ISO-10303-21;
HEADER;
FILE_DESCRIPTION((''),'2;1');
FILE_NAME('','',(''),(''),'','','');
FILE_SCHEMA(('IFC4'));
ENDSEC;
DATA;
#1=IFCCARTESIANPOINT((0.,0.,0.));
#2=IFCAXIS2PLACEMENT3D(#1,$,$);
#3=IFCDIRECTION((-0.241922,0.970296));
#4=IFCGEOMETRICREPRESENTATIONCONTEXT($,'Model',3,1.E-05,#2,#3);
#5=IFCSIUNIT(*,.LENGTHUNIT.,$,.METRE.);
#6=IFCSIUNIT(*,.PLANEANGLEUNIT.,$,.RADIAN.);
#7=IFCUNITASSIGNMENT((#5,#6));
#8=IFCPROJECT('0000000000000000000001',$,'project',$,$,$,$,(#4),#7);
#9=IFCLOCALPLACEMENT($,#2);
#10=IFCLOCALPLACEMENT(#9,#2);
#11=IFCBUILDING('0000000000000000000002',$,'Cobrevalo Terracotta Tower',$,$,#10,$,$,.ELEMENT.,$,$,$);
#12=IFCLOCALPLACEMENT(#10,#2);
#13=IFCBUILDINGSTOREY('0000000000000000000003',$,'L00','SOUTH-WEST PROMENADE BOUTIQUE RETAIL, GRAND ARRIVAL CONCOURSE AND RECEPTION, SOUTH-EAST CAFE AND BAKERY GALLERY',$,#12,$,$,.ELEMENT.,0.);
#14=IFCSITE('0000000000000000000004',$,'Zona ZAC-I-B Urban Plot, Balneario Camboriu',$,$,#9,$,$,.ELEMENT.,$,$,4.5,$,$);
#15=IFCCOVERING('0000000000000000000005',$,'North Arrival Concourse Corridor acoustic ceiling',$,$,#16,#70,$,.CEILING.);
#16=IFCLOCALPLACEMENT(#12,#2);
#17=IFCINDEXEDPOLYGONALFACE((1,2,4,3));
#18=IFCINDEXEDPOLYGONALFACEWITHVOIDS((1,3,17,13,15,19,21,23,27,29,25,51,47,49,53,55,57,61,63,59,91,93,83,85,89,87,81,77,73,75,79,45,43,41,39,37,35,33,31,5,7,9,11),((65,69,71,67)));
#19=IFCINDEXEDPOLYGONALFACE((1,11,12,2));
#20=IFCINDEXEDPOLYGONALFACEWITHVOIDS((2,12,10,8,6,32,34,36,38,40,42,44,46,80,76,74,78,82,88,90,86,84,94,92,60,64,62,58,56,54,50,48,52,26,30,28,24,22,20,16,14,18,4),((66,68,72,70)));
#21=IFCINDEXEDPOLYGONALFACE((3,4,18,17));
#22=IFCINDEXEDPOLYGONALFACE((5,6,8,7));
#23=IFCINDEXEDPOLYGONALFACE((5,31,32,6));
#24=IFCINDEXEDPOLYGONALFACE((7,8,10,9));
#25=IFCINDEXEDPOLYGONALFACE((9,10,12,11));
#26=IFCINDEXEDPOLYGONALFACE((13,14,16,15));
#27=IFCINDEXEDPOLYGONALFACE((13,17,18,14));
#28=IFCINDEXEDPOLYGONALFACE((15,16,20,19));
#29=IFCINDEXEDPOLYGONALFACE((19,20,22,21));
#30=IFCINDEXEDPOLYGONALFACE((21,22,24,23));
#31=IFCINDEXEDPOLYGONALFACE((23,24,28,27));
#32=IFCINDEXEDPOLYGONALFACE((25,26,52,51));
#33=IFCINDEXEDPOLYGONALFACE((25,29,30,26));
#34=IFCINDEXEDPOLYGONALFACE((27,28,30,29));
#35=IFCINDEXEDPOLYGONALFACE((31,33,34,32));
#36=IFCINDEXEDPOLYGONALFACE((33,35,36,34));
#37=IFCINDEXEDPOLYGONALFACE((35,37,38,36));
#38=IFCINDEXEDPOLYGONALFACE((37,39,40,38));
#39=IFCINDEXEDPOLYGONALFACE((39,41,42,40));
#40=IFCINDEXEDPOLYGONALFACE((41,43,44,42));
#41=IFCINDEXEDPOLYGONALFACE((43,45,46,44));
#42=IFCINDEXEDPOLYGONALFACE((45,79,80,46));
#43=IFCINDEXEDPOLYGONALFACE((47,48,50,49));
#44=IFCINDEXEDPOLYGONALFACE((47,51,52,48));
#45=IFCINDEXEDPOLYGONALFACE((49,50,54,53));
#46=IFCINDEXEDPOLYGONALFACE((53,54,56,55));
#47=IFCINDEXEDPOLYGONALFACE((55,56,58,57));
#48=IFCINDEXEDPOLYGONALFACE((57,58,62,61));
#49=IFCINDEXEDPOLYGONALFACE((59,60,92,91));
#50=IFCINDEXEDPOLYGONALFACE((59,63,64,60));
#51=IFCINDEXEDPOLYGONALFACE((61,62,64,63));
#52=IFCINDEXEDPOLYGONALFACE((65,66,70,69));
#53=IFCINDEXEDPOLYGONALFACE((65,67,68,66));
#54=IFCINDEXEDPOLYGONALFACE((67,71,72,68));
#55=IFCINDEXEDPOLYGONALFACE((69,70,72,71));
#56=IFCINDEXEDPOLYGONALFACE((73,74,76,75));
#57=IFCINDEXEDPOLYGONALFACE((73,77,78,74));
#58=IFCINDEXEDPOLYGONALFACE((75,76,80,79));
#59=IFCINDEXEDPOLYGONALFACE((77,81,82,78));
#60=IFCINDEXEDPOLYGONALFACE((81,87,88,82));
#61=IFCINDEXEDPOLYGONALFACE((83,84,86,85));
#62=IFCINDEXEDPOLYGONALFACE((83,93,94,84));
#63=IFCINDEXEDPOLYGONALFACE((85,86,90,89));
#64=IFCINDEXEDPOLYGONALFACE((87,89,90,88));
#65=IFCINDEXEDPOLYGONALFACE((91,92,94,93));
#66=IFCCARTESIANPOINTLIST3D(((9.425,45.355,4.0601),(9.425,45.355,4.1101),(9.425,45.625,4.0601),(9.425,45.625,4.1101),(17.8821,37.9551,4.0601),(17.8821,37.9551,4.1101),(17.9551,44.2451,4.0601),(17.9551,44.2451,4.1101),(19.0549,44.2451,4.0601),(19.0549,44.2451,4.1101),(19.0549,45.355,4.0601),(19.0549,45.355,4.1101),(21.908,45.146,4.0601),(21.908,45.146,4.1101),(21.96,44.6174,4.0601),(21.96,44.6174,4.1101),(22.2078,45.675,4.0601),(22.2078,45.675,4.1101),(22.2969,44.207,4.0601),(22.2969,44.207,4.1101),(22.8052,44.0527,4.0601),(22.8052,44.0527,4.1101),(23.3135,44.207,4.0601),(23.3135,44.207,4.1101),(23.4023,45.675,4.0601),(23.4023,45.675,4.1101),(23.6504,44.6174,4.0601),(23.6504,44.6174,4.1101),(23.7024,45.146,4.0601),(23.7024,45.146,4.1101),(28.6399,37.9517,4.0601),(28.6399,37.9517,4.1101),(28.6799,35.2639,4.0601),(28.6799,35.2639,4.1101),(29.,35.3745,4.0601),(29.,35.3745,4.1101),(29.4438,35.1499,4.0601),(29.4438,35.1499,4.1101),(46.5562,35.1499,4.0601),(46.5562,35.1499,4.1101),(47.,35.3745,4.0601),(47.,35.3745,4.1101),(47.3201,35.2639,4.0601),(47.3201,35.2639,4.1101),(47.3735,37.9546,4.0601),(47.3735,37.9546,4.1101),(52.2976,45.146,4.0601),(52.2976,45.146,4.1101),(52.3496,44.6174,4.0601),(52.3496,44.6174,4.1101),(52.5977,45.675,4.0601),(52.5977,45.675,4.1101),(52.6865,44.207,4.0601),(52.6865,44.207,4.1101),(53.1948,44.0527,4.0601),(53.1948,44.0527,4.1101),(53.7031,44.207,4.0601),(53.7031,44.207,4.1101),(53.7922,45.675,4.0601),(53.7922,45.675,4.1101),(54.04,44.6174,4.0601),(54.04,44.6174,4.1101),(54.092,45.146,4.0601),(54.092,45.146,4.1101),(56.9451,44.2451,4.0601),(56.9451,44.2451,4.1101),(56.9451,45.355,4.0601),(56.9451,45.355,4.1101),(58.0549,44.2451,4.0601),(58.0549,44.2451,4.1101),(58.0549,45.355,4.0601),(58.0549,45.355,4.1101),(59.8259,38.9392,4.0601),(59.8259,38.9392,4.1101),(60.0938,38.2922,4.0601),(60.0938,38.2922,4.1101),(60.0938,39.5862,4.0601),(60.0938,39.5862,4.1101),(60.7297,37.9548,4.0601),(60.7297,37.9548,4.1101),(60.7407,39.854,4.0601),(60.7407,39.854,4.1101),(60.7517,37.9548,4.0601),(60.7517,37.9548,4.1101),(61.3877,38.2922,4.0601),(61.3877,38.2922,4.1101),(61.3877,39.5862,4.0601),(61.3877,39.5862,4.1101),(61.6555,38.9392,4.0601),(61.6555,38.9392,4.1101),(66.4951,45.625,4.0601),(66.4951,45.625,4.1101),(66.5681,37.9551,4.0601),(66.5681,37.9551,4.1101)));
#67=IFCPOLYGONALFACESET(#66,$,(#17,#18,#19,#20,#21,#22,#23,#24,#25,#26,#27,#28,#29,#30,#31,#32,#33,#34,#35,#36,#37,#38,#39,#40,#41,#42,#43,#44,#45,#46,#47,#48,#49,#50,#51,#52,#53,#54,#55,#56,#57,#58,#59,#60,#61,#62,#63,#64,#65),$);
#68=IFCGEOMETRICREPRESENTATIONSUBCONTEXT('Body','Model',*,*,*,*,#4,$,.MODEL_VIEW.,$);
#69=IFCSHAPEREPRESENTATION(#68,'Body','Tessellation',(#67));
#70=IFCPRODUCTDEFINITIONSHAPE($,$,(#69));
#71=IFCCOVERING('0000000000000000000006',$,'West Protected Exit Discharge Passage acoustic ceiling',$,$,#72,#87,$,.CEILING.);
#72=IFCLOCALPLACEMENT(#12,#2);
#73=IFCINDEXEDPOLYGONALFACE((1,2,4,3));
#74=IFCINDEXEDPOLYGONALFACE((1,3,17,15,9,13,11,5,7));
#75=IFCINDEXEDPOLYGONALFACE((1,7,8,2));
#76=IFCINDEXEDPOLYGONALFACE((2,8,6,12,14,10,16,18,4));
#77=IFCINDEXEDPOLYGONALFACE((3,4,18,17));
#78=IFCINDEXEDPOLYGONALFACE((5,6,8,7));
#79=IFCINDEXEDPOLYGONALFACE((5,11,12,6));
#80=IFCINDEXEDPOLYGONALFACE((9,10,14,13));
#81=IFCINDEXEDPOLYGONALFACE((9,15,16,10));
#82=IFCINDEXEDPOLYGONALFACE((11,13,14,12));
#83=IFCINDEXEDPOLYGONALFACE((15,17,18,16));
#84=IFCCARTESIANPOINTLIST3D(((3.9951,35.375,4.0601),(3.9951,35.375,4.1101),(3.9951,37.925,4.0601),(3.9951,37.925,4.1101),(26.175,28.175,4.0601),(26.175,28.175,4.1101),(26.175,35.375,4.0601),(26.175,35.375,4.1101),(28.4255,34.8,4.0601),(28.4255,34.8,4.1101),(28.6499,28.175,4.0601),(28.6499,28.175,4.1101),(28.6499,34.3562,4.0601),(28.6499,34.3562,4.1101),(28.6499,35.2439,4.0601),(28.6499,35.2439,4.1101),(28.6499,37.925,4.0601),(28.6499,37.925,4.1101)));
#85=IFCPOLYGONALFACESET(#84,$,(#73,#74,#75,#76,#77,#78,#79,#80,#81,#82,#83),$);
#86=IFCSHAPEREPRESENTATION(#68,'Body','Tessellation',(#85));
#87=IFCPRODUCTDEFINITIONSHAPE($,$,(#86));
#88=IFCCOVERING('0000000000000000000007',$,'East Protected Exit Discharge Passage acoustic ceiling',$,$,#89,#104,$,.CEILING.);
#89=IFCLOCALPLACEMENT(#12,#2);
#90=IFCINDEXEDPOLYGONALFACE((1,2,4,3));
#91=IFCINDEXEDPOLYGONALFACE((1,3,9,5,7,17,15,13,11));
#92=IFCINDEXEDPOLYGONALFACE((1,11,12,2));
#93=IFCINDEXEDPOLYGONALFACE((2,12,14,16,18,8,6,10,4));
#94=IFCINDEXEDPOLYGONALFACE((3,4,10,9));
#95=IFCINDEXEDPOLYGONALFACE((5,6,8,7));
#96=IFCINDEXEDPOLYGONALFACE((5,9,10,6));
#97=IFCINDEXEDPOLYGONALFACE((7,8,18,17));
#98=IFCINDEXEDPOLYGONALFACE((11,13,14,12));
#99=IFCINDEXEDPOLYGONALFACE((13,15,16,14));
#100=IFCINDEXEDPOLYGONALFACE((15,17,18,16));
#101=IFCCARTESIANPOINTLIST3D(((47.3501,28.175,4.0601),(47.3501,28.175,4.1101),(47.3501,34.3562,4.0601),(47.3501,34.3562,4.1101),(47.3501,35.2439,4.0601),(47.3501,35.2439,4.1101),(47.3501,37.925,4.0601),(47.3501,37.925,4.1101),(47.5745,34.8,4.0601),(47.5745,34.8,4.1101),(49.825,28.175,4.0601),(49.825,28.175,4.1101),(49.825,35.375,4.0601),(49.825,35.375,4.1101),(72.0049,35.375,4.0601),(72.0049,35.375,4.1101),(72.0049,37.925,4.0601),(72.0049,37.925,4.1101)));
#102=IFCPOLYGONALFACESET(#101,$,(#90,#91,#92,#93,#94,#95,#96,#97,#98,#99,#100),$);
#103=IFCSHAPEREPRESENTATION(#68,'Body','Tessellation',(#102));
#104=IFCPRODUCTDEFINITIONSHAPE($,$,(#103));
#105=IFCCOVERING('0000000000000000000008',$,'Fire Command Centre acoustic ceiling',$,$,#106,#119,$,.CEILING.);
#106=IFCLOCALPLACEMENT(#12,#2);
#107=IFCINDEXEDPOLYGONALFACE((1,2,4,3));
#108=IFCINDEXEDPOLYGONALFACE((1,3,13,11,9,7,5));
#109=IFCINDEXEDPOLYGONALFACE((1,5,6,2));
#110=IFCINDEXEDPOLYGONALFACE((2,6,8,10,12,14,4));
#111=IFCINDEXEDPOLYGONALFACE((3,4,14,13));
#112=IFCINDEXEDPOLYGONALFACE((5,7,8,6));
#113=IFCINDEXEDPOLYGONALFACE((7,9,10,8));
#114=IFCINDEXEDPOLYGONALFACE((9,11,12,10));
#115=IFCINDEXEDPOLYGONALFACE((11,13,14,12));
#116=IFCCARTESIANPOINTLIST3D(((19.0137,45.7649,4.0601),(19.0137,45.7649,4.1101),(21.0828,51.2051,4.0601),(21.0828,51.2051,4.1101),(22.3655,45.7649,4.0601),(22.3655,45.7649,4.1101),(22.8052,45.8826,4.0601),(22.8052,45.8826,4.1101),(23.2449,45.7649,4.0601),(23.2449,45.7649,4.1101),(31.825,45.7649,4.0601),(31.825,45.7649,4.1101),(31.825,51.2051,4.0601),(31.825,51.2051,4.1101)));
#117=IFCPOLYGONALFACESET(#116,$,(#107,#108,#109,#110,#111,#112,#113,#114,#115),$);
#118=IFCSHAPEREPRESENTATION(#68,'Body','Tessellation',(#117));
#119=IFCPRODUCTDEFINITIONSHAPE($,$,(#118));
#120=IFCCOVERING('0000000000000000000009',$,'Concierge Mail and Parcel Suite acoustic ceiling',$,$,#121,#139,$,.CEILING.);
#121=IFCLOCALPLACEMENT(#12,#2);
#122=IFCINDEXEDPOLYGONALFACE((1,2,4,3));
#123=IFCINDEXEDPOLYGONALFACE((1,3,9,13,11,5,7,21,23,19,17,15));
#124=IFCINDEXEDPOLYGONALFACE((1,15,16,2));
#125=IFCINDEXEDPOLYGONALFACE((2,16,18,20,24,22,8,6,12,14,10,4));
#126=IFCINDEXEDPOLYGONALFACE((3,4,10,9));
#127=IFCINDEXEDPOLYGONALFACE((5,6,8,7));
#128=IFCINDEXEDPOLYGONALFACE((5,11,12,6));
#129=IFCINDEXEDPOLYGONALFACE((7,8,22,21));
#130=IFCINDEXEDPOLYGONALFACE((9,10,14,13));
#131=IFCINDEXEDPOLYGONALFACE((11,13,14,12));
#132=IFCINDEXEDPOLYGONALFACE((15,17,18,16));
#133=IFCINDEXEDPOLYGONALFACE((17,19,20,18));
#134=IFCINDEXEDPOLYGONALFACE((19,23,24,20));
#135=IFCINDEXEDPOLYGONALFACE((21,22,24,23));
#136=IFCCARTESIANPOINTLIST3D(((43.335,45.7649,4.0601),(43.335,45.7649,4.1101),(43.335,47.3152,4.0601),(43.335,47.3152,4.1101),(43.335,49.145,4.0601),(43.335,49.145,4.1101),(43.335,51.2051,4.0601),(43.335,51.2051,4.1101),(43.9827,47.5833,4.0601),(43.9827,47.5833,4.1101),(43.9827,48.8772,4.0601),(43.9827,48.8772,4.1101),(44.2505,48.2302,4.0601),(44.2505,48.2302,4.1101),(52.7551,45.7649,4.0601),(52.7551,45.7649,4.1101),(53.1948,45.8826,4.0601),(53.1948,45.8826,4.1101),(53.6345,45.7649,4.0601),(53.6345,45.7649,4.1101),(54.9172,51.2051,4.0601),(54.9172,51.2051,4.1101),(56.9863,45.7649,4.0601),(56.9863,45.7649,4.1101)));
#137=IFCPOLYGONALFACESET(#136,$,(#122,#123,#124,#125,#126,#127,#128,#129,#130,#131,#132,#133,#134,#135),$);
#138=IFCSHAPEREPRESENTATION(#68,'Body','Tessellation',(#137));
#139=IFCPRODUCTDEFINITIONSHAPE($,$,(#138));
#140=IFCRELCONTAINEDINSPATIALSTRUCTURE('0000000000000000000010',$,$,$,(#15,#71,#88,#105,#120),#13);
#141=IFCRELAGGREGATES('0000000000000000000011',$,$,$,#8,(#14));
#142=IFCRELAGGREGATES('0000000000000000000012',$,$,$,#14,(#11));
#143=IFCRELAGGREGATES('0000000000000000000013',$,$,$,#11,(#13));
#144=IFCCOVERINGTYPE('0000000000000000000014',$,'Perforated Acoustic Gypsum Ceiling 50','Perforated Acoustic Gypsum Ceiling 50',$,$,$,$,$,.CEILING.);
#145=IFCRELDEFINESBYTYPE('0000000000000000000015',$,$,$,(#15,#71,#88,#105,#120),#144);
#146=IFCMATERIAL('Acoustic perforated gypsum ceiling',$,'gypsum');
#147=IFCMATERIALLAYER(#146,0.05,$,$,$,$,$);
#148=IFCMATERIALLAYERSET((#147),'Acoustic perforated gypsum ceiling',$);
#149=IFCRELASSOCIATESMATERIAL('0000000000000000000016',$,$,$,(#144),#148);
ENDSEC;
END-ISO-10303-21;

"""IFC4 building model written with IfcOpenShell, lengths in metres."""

from ifc_helpers import new_model, si_unit, direction, frame, origin, place, context, subcontext, project, spatial, polyline, outline, extrude, material, layer, layer_set, type_object, element, save


model = new_model("IFC4")

# Units and contexts
model_context = context("Model", 3, precision=1e-05, world=origin(), true_north=direction((-0.241922, 0.970296)))
body_context = subcontext(model_context, "Body", "Model", "MODEL_VIEW")
ifc_project = project(units=[si_unit("LENGTHUNIT", "METRE"), si_unit("PLANEANGLEUNIT", "RADIAN")], contexts=[model_context])

# Site, building, storey
site_placement = place(None, origin())
site = spatial("IfcSite", under=ifc_project, at=site_placement, Name="Zona ZAC-I-B Urban Plot, Balneario Camboriu", CompositionType="ELEMENT", RefElevation=4.5)
building_placement = place(site_placement, origin())
building = spatial("IfcBuilding", under=site, at=building_placement, Name="Cobrevalo Terracotta Tower", CompositionType="ELEMENT")
storey_placement = place(building_placement, origin())
storey = spatial("IfcBuildingStorey", under=building, at=storey_placement, Name="L00", Description="SOUTH-WEST PROMENADE BOUTIQUE RETAIL, GRAND ARRIVAL CONCOURSE AND RECEPTION, SOUTH-EAST CAFE AND BAKERY GALLERY", CompositionType="ELEMENT", Elevation=0.0)

# Coverings
ifc_material_1 = material(Name="Acoustic perforated gypsum ceiling", Category="gypsum")
ifc_layer_1 = layer(ifc_material_1, 0.05)
ifc_layer_set_1 = layer_set([ifc_layer_1], Name="Acoustic perforated gypsum ceiling")
covering_type_1 = type_object("IfcCoveringType", Name="Perforated Acoustic Gypsum Ceiling 50", Description="Perforated Acoustic Gypsum Ceiling 50", PredefinedType="CEILING", material=ifc_layer_set_1)
covering_1_placement = place(storey_placement, frame((0.0, 0.0, 4.0601)))
element("IfcCovering", 1, at=covering_1_placement, inside=storey, type_object=covering_type_1, Name="North Arrival Concourse Corridor acoustic ceiling", PredefinedType="CEILING", context=body_context, shape_type="SweptSolid", body=[
    extrude(outline(polyline([(19.0549, 45.355), (9.425, 45.355), (9.425, 45.625), (22.2078, 45.675), (21.908, 45.146), (21.96, 44.6174), (22.2969, 44.207), (22.8052, 44.0527), (23.3135, 44.207), (23.6504, 44.6174), (23.7024, 45.146), (23.4023, 45.675), (52.5977, 45.675), (52.2976, 45.146), (52.3496, 44.6174), (52.6865, 44.207), (53.1948, 44.0527), (53.7031, 44.207), (54.04, 44.6174), (54.092, 45.146), (53.7922, 45.675), (66.4951, 45.625), (66.5681, 37.9551), (60.7517, 37.9548), (61.3877, 38.2922), (61.6555, 38.9392), (61.3877, 39.5862), (60.7407, 39.854), (60.0938, 39.5862), (59.8259, 38.9392), (60.0938, 38.2922), (60.7297, 37.9548), (47.3735, 37.9546), (47.3201, 35.2639), (47.0, 35.3745), (46.5562, 35.1499), (29.4438, 35.1499), (29.0, 35.3745), (28.6799, 35.2639), (28.6399, 37.9517), (17.8821, 37.9551), (17.9551, 44.2451), (19.0549, 44.2451), (19.0549, 45.355)]), holes=[polyline([(56.9451, 45.355), (56.9451, 44.2451), (58.0549, 44.2451), (58.0549, 45.355), (56.9451, 45.355)])]), origin(), (0.0, 0.0, 1.0), 0.05),
])
covering_2_placement = place(storey_placement, frame((0.0, 0.0, 4.0601)))
element("IfcCovering", 2, at=covering_2_placement, inside=storey, type_object=covering_type_1, Name="West Protected Exit Discharge Passage acoustic ceiling", PredefinedType="CEILING", context=body_context, shape_type="SweptSolid", body=[
    extrude(outline(polyline([(28.6499, 37.925), (28.6499, 35.2439), (28.4255, 34.8), (28.6499, 34.3562), (28.6499, 28.175), (26.175, 28.175), (26.175, 35.375), (3.9951, 35.375), (3.9951, 37.925), (28.6499, 37.925)])), origin(), (0.0, 0.0, 1.0), 0.05),
])
covering_3_placement = place(storey_placement, frame((0.0, 0.0, 4.0601)))
element("IfcCovering", 3, at=covering_3_placement, inside=storey, type_object=covering_type_1, Name="East Protected Exit Discharge Passage acoustic ceiling", PredefinedType="CEILING", context=body_context, shape_type="SweptSolid", body=[
    extrude(outline(polyline([(49.825, 35.375), (49.825, 28.175), (47.3501, 28.175), (47.3501, 34.3562), (47.5745, 34.8), (47.3501, 35.2439), (47.3501, 37.925), (72.0049, 37.925), (72.0049, 35.375), (49.825, 35.375)])), origin(), (0.0, 0.0, 1.0), 0.05),
])
covering_4_placement = place(storey_placement, frame((0.0, 0.0, 4.0601)))
element("IfcCovering", 4, at=covering_4_placement, inside=storey, type_object=covering_type_1, Name="Fire Command Centre acoustic ceiling", PredefinedType="CEILING", context=body_context, shape_type="SweptSolid", body=[
    extrude(outline(polyline([(31.825, 51.2051), (31.825, 45.7649), (23.2449, 45.7649), (22.8052, 45.8826), (22.3655, 45.7649), (19.0137, 45.7649), (21.0828, 51.2051), (31.825, 51.2051)])), origin(), (0.0, 0.0, 1.0), 0.05),
])
covering_5_placement = place(storey_placement, frame((0.0, 0.0, 4.0601)))
element("IfcCovering", 5, at=covering_5_placement, inside=storey, type_object=covering_type_1, Name="Concierge Mail and Parcel Suite acoustic ceiling", PredefinedType="CEILING", context=body_context, shape_type="SweptSolid", body=[
    extrude(outline(polyline([(56.9863, 45.7649), (53.6345, 45.7649), (53.1948, 45.8826), (52.7551, 45.7649), (43.335, 45.7649), (43.335, 47.3152), (43.9827, 47.5833), (44.2505, 48.2302), (43.9827, 48.8772), (43.335, 49.145), (43.335, 51.2051), (54.9172, 51.2051), (56.9863, 45.7649)])), origin(), (0.0, 0.0, 1.0), 0.05),
])

save(model, "model.ifc")
